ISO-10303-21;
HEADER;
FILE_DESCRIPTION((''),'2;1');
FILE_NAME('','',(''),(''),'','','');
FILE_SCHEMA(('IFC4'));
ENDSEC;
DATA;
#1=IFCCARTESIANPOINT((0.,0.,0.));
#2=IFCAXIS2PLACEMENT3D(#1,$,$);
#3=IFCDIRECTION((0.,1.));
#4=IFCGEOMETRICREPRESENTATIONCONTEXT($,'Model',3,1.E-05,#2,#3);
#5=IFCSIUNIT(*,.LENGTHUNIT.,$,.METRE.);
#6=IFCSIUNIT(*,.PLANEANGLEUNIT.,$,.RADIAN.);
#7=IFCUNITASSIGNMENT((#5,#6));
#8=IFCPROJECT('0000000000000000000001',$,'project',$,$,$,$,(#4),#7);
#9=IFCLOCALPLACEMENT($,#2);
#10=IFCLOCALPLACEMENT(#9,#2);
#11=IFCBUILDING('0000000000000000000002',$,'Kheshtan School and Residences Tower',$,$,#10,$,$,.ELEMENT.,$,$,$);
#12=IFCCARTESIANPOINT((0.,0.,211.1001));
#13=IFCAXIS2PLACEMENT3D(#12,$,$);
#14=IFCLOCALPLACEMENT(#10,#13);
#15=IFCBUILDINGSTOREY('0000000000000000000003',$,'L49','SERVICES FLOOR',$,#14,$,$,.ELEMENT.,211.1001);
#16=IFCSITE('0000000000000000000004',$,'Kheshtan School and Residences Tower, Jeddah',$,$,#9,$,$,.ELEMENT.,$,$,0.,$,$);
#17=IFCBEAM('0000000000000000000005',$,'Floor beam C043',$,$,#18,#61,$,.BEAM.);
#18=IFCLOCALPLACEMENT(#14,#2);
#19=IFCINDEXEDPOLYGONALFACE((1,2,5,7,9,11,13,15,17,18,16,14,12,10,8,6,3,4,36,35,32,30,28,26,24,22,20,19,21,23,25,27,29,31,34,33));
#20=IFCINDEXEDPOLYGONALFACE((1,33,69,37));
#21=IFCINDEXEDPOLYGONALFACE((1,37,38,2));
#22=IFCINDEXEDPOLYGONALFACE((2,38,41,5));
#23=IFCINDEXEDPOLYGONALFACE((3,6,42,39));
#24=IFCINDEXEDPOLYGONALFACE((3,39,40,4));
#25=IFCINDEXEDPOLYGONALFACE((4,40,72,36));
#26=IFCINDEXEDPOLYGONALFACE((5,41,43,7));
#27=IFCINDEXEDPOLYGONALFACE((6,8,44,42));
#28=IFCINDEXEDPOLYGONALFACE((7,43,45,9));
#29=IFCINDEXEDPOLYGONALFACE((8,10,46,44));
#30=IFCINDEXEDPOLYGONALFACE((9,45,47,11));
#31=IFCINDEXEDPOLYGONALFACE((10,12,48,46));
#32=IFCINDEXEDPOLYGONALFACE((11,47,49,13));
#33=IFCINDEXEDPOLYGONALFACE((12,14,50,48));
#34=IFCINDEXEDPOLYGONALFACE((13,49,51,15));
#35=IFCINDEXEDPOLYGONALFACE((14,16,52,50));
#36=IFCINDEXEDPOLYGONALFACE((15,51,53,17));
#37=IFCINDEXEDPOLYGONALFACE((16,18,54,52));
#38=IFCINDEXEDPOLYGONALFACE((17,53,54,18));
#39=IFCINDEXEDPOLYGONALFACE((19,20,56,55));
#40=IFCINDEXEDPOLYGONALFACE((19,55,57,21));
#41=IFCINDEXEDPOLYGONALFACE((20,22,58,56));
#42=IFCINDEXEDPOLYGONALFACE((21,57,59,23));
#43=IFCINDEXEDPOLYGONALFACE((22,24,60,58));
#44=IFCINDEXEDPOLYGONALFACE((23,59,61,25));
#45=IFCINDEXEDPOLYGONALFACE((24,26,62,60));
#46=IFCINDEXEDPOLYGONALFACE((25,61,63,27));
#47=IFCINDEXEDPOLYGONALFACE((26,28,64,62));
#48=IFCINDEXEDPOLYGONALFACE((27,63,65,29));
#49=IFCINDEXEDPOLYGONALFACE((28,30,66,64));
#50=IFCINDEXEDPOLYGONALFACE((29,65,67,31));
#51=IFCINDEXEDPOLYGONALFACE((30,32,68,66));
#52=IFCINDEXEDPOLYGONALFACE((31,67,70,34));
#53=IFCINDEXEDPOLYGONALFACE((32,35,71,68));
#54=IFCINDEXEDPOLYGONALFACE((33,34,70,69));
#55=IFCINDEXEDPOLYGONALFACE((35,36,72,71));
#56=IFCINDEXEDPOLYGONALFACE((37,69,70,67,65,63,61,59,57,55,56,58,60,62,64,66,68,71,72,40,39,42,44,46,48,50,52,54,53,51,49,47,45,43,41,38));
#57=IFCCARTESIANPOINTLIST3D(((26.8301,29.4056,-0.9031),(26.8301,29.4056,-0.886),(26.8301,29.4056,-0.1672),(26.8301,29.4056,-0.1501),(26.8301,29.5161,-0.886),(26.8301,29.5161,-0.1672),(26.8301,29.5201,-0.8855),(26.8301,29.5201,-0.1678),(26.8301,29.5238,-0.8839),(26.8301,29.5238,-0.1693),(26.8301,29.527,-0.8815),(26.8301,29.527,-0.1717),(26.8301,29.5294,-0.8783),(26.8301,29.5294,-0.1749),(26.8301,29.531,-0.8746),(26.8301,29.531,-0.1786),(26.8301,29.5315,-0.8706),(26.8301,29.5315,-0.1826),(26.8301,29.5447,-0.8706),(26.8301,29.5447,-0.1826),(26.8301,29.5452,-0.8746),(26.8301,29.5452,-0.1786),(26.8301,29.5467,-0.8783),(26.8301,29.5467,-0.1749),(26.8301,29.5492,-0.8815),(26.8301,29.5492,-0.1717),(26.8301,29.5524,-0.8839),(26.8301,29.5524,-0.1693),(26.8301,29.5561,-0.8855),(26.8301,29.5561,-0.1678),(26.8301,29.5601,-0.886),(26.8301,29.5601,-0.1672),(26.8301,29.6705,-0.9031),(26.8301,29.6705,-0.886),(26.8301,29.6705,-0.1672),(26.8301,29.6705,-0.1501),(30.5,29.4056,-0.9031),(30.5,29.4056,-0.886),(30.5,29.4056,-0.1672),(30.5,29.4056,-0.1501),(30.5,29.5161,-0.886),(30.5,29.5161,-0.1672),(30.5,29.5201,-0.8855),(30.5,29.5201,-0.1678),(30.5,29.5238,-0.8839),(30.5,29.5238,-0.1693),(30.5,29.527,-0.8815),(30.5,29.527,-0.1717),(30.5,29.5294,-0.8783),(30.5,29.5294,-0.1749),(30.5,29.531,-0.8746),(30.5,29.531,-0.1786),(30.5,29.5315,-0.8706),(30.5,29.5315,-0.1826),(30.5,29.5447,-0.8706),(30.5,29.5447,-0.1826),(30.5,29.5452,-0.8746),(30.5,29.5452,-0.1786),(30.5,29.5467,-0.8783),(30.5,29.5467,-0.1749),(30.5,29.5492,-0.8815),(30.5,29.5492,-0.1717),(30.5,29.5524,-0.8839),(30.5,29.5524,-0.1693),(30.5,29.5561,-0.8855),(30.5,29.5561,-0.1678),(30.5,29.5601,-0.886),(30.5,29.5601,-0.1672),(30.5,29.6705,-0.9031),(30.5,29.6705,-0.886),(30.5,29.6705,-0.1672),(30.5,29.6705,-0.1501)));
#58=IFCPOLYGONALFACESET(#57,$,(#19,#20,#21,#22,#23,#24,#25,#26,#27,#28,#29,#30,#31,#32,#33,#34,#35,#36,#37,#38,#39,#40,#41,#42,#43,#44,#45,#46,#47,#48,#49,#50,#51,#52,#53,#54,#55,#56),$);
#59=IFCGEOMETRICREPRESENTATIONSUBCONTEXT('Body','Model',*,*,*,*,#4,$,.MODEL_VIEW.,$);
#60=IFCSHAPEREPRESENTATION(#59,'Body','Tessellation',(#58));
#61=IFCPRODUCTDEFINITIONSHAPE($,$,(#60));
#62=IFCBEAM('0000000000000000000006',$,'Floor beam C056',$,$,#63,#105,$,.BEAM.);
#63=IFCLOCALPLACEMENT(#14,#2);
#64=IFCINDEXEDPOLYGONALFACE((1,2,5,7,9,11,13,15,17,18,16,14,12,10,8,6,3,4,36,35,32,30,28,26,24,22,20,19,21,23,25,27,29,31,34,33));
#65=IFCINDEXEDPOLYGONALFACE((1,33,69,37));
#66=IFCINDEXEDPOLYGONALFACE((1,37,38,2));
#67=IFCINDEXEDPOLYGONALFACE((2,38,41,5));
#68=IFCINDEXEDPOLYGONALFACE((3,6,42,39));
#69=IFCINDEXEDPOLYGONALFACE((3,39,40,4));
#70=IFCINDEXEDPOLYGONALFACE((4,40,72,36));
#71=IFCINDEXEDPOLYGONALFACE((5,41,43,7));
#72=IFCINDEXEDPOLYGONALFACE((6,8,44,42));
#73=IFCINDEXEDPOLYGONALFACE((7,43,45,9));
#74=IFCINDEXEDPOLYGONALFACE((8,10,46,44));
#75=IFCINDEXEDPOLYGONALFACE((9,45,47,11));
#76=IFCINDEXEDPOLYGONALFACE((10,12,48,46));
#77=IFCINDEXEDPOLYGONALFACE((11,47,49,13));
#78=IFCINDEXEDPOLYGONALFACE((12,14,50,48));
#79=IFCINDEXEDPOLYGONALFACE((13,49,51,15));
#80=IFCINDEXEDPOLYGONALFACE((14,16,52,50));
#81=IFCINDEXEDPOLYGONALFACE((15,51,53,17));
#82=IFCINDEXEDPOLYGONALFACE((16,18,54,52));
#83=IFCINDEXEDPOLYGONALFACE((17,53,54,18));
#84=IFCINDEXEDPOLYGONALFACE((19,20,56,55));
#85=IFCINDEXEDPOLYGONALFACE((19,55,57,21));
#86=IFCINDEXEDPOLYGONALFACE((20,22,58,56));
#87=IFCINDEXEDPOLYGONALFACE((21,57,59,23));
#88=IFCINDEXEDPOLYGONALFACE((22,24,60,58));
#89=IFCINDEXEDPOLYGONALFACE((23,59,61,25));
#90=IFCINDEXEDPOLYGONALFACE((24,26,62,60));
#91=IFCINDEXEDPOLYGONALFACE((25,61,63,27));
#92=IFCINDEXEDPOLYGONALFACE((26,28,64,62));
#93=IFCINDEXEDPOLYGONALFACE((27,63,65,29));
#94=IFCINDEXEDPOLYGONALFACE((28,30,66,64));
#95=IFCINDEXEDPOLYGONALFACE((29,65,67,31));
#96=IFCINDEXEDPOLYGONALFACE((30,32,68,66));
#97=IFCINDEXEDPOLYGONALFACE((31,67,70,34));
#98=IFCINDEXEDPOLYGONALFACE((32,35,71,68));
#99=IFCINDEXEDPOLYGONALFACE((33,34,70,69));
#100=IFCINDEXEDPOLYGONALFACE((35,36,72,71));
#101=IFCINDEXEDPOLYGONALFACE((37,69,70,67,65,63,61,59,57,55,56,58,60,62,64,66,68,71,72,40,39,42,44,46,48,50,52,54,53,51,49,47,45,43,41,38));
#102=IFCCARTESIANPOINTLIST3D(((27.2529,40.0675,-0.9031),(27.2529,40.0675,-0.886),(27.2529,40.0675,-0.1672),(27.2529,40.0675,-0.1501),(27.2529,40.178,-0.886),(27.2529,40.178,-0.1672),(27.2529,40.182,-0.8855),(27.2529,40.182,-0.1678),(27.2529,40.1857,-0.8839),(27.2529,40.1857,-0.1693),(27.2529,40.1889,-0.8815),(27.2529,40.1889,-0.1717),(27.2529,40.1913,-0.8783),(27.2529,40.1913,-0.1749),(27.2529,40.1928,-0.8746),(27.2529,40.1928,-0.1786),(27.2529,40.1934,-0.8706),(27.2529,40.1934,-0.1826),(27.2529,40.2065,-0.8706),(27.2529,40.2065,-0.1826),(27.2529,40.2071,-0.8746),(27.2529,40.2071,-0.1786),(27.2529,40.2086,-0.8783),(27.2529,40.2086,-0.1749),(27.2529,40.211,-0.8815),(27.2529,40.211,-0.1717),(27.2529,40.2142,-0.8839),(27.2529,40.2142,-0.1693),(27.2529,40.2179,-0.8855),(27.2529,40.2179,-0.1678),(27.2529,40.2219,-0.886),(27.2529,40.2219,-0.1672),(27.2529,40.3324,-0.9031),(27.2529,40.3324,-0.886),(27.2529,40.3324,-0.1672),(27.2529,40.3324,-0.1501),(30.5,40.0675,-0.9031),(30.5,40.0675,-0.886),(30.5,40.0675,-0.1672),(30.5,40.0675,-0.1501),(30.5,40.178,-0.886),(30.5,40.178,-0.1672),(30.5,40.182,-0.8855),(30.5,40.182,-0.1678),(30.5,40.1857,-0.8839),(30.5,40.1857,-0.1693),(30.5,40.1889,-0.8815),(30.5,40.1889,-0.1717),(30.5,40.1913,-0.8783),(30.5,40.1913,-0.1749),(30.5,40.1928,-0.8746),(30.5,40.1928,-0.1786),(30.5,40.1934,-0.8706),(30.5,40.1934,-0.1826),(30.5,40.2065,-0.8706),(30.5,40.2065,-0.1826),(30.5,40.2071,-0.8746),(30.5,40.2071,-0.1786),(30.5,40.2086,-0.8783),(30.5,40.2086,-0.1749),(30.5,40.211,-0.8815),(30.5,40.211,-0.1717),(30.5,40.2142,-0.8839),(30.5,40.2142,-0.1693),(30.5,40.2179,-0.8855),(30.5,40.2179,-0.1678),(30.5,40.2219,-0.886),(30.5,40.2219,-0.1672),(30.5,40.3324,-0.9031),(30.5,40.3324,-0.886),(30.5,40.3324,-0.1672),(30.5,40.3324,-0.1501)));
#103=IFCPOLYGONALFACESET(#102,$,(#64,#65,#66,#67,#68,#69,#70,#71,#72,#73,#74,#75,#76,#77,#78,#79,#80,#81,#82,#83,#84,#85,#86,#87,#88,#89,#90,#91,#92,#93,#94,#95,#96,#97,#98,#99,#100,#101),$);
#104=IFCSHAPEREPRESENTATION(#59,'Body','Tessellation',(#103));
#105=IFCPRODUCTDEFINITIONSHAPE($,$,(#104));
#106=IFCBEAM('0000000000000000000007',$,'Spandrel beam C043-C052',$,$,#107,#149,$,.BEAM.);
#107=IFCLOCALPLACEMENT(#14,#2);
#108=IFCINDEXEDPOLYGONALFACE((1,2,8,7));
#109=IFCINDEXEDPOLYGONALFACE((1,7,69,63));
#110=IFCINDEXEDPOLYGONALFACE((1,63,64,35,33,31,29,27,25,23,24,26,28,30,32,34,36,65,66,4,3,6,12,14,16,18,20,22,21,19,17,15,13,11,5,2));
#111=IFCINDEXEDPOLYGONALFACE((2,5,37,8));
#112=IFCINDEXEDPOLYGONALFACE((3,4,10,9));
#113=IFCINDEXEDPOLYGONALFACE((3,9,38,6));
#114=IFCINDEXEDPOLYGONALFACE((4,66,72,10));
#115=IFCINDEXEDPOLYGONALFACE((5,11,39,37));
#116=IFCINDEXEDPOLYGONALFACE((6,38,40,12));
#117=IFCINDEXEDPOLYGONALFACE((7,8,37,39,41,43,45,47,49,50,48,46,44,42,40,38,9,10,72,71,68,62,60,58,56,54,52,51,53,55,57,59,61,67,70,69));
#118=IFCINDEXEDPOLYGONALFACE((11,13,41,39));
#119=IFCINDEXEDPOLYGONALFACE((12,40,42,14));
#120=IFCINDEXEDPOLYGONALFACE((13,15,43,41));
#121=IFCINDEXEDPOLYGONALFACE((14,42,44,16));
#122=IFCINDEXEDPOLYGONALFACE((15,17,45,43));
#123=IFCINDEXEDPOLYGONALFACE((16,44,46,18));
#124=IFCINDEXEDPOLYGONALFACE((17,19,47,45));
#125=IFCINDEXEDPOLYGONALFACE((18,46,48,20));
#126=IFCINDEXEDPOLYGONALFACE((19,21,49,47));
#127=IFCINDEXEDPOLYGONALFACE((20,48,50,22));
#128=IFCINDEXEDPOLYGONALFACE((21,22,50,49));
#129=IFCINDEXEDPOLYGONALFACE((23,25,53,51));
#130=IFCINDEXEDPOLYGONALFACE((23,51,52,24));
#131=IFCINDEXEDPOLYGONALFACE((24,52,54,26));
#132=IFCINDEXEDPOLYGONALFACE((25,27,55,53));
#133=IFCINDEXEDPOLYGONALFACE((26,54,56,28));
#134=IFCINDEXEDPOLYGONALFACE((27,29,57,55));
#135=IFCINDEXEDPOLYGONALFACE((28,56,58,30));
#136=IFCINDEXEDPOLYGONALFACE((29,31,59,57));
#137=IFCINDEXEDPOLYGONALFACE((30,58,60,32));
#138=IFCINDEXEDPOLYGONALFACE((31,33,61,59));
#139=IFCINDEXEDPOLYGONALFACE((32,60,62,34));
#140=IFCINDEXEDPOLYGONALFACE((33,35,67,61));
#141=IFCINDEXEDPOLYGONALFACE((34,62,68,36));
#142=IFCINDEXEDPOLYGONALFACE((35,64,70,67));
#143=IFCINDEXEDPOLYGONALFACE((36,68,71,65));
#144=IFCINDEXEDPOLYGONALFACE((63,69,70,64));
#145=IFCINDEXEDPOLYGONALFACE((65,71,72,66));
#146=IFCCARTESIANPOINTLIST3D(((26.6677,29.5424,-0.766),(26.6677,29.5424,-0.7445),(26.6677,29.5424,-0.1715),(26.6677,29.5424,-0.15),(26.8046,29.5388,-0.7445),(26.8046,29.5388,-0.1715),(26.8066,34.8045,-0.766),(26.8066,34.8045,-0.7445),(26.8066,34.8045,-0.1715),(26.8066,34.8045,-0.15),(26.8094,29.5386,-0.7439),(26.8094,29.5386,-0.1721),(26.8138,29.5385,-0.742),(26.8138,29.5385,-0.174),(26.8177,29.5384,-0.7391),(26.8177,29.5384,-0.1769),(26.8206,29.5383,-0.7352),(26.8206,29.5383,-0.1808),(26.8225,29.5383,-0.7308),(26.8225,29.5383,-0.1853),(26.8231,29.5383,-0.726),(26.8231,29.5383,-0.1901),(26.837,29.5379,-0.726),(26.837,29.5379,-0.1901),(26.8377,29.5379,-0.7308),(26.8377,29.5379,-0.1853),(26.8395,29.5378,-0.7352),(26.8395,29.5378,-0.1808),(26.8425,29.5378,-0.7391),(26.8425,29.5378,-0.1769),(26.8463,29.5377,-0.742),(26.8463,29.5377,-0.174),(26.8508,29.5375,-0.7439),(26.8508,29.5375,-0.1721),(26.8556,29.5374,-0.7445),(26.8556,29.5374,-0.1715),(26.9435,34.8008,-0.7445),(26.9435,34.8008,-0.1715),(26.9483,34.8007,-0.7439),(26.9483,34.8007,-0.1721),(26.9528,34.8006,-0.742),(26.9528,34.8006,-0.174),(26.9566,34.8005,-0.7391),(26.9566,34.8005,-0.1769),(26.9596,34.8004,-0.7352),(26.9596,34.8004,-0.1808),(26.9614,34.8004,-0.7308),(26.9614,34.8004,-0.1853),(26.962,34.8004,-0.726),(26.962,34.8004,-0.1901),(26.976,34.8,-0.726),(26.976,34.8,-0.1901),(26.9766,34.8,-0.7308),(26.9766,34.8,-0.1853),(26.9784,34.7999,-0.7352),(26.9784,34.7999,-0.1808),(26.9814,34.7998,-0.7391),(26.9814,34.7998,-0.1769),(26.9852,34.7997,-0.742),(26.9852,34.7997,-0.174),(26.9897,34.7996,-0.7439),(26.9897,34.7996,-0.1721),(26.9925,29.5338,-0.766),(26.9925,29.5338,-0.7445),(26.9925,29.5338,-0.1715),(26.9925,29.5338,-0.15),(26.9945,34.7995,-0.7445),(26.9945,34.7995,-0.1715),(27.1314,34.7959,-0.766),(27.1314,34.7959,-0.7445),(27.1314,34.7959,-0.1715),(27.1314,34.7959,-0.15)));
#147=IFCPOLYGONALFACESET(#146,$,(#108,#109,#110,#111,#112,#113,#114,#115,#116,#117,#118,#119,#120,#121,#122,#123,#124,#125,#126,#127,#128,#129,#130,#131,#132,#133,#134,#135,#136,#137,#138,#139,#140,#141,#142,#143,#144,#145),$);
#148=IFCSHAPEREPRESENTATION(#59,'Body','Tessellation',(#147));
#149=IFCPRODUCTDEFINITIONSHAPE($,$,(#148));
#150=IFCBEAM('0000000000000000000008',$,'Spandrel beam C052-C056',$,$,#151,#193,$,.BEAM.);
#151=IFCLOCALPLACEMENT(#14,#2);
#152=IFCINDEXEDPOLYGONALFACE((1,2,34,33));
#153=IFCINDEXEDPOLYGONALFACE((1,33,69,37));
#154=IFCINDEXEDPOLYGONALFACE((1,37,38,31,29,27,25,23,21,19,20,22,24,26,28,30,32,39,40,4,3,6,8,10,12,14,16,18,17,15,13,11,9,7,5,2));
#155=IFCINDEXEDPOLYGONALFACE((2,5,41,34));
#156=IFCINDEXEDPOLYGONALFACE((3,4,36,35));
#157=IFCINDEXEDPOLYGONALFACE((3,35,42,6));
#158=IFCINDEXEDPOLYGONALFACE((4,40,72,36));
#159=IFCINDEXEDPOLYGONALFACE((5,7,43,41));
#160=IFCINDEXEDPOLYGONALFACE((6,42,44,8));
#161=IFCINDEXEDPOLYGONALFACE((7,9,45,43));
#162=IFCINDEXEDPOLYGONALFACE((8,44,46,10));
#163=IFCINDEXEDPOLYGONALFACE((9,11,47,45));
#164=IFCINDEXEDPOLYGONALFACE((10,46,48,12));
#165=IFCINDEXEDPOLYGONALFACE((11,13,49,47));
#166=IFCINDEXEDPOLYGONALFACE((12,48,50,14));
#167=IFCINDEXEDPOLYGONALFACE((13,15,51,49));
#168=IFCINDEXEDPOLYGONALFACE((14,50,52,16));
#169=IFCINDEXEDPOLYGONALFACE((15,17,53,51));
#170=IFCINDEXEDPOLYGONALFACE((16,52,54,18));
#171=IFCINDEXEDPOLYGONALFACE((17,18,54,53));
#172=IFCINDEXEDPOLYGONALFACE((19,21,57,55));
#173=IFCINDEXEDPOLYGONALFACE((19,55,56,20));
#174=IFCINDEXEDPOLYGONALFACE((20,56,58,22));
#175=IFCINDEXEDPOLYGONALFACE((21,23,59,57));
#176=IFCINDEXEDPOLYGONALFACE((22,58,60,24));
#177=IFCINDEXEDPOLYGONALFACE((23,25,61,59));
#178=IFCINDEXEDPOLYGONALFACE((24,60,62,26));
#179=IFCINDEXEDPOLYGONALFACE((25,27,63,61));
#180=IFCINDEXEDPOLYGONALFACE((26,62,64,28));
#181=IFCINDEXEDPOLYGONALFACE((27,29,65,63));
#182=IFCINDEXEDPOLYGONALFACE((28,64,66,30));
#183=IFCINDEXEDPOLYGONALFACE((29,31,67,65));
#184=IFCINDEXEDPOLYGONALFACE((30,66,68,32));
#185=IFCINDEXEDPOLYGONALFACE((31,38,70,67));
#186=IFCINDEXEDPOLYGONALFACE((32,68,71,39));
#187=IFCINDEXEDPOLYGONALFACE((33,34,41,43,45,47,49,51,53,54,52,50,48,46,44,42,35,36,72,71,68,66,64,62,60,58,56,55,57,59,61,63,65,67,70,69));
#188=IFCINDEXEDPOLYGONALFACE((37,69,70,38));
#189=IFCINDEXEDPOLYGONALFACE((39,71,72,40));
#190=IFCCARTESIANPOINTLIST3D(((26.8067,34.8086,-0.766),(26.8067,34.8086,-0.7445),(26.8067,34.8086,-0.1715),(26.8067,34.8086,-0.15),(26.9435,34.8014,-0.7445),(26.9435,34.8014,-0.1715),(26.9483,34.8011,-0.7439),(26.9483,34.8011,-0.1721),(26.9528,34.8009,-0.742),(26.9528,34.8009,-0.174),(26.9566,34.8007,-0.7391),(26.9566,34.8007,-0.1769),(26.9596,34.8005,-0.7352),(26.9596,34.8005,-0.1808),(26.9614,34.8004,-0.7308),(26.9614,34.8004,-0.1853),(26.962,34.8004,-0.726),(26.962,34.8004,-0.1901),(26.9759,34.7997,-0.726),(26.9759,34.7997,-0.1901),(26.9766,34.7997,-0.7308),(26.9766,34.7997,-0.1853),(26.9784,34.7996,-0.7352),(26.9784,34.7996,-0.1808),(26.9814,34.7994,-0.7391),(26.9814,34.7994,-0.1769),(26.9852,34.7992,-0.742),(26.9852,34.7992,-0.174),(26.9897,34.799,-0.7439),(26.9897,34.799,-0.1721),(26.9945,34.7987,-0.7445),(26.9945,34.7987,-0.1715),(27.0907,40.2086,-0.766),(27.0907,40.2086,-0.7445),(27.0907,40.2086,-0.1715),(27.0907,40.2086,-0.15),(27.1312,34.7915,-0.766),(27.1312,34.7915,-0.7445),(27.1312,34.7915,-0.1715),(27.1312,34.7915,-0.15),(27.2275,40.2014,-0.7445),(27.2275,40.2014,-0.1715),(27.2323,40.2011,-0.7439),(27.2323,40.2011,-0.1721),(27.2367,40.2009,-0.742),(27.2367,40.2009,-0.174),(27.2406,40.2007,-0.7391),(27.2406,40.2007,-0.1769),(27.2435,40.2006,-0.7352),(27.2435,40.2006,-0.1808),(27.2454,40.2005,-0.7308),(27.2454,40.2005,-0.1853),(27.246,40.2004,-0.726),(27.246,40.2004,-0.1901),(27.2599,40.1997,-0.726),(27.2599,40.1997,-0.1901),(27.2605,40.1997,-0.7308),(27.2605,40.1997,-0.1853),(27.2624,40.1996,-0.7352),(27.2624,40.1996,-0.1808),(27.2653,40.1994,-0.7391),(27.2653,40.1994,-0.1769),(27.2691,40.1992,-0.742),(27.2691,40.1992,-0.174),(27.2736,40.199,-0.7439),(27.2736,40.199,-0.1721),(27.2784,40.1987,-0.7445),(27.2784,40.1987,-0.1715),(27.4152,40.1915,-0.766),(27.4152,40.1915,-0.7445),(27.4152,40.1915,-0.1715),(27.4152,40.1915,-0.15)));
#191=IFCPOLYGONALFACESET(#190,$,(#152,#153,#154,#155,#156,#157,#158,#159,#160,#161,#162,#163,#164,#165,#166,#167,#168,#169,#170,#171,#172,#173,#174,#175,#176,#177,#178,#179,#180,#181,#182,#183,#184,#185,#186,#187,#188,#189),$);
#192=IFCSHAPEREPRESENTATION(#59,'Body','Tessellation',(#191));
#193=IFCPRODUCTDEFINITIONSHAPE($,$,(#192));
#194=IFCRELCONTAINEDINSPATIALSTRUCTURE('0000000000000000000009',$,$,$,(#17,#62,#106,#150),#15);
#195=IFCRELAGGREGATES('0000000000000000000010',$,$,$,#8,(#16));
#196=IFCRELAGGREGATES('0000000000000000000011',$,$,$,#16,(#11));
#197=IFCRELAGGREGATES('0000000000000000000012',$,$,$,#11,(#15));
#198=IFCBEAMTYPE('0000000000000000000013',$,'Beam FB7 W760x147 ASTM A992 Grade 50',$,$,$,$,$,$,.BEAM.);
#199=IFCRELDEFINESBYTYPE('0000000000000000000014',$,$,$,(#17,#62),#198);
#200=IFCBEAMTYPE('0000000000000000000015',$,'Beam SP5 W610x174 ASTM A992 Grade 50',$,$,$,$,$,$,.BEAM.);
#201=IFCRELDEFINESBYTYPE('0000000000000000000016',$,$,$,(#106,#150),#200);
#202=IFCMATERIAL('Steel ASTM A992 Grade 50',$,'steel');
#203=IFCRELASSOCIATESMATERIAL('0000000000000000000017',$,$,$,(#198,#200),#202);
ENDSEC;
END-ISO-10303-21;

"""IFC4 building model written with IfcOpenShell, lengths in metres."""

from ifc_helpers import new_model, si_unit, direction, frame, origin, origin_2d, place, context, subcontext, project, spatial, i_section, extrude, material, material_profile, profile_set, type_object, element, save


model = new_model("IFC4")

# Units and contexts
model_context = context("Model", 3, precision=1e-05, world=origin(), true_north=direction((0.0, 1.0)))
body_context = subcontext(model_context, "Body", "Model", "MODEL_VIEW")
ifc_project = project(units=[si_unit("LENGTHUNIT", "METRE"), si_unit("PLANEANGLEUNIT", "RADIAN")], contexts=[model_context])

# Site, building, storey
site_placement = place(None, origin())
site = spatial("IfcSite", under=ifc_project, at=site_placement, Name="Kheshtan School and Residences Tower, Jeddah", CompositionType="ELEMENT", RefElevation=0.0)
building_placement = place(site_placement, origin())
building = spatial("IfcBuilding", under=site, at=building_placement, Name="Kheshtan School and Residences Tower", CompositionType="ELEMENT")
storey_placement = place(building_placement, frame((0.0, 0.0, 211.1001)))
storey = spatial("IfcBuildingStorey", under=building, at=storey_placement, Name="L49", Description="SERVICES FLOOR", CompositionType="ELEMENT", Elevation=211.1001)

# Shared definitions
ifc_material_1 = material(Name="Steel ASTM A992 Grade 50", Category="steel")

# Beams
ifc_material_profile_1 = material_profile(ifc_material_1, i_section(OverallWidth=0.2649, OverallDepth=0.7529, WebThickness=0.0132, FlangeThickness=0.0171, FilletRadius=0.0154, at=origin_2d()), Name="W760x147")
ifc_profile_set_1 = profile_set([ifc_material_profile_1], Name="Steel ASTM A992 Grade 50")
beam_type_1 = type_object("IfcBeamType", Name="Beam FB7 W760x147 ASTM A992 Grade 50", PredefinedType="BEAM", material=ifc_profile_set_1)
beam_1_placement = place(storey_placement, frame((26.8301, 29.5381, -0.5266), z_axis=(1.0, 0.0, 0.0), x_axis=(0.0, 1.0, 0.0)))
element("IfcBeam", 1, at=beam_1_placement, inside=storey, type_object=beam_type_1, Name="Floor beam C043", PredefinedType="BEAM", context=body_context, shape_type="SweptSolid", body=[
    extrude(i_section(OverallWidth=0.2649, OverallDepth=0.7529, WebThickness=0.0132, FlangeThickness=0.0171, FilletRadius=0.0154, at=origin_2d()), origin(), (0.0, 0.0, 1.0), 3.6699),
])
beam_2_placement = place(storey_placement, frame((27.2529, 40.2, -0.5266), z_axis=(1.0, 0.0, 0.0), x_axis=(0.0, 1.0, 0.0)))
element("IfcBeam", 2, at=beam_2_placement, inside=storey, type_object=beam_type_1, Name="Floor beam C056", PredefinedType="BEAM", context=body_context, shape_type="SweptSolid", body=[
    extrude(i_section(OverallWidth=0.2649, OverallDepth=0.7529, WebThickness=0.0132, FlangeThickness=0.0171, FilletRadius=0.0154, at=origin_2d()), origin(), (0.0, 0.0, 1.0), 3.2471),
])
ifc_material_profile_2 = material_profile(ifc_material_1, i_section(OverallWidth=0.325, OverallDepth=0.616, WebThickness=0.0139, FlangeThickness=0.0215, FilletRadius=0.0186, at=origin_2d()), Name="W610x174")
ifc_profile_set_2 = profile_set([ifc_material_profile_2], Name="Steel ASTM A992 Grade 50")
beam_type_2 = type_object("IfcBeamType", Name="Beam SP5 W610x174 ASTM A992 Grade 50", PredefinedType="BEAM", material=ifc_profile_set_2)
beam_3_placement = place(storey_placement, frame((26.8301, 29.5381, -0.458), z_axis=(0.026391, 0.999652, 0.0), x_axis=(-0.999652, 0.026391, 0.0)))
element("IfcBeam", 3, at=beam_3_placement, inside=storey, type_object=beam_type_2, Name="Spandrel beam C043-C052", PredefinedType="BEAM", context=body_context, shape_type="SweptSolid", body=[
    extrude(i_section(OverallWidth=0.325, OverallDepth=0.616, WebThickness=0.0139, FlangeThickness=0.0215, FilletRadius=0.0186, at=origin_2d()), origin(), (0.0, 0.0, 1.0), 5.2639),
])
beam_4_placement = place(storey_placement, frame((26.969, 34.8, -0.458), z_axis=(0.052509, 0.99862, 0.0), x_axis=(-0.99862, 0.052509, 0.0)))
element("IfcBeam", 4, at=beam_4_placement, inside=storey, type_object=beam_type_2, Name="Spandrel beam C052-C056", PredefinedType="BEAM", context=body_context, shape_type="SweptSolid", body=[
    extrude(i_section(OverallWidth=0.325, OverallDepth=0.616, WebThickness=0.0139, FlangeThickness=0.0215, FilletRadius=0.0186, at=origin_2d()), origin(), (0.0, 0.0, 1.0), 5.4075),
])

save(model, "model.ifc")
